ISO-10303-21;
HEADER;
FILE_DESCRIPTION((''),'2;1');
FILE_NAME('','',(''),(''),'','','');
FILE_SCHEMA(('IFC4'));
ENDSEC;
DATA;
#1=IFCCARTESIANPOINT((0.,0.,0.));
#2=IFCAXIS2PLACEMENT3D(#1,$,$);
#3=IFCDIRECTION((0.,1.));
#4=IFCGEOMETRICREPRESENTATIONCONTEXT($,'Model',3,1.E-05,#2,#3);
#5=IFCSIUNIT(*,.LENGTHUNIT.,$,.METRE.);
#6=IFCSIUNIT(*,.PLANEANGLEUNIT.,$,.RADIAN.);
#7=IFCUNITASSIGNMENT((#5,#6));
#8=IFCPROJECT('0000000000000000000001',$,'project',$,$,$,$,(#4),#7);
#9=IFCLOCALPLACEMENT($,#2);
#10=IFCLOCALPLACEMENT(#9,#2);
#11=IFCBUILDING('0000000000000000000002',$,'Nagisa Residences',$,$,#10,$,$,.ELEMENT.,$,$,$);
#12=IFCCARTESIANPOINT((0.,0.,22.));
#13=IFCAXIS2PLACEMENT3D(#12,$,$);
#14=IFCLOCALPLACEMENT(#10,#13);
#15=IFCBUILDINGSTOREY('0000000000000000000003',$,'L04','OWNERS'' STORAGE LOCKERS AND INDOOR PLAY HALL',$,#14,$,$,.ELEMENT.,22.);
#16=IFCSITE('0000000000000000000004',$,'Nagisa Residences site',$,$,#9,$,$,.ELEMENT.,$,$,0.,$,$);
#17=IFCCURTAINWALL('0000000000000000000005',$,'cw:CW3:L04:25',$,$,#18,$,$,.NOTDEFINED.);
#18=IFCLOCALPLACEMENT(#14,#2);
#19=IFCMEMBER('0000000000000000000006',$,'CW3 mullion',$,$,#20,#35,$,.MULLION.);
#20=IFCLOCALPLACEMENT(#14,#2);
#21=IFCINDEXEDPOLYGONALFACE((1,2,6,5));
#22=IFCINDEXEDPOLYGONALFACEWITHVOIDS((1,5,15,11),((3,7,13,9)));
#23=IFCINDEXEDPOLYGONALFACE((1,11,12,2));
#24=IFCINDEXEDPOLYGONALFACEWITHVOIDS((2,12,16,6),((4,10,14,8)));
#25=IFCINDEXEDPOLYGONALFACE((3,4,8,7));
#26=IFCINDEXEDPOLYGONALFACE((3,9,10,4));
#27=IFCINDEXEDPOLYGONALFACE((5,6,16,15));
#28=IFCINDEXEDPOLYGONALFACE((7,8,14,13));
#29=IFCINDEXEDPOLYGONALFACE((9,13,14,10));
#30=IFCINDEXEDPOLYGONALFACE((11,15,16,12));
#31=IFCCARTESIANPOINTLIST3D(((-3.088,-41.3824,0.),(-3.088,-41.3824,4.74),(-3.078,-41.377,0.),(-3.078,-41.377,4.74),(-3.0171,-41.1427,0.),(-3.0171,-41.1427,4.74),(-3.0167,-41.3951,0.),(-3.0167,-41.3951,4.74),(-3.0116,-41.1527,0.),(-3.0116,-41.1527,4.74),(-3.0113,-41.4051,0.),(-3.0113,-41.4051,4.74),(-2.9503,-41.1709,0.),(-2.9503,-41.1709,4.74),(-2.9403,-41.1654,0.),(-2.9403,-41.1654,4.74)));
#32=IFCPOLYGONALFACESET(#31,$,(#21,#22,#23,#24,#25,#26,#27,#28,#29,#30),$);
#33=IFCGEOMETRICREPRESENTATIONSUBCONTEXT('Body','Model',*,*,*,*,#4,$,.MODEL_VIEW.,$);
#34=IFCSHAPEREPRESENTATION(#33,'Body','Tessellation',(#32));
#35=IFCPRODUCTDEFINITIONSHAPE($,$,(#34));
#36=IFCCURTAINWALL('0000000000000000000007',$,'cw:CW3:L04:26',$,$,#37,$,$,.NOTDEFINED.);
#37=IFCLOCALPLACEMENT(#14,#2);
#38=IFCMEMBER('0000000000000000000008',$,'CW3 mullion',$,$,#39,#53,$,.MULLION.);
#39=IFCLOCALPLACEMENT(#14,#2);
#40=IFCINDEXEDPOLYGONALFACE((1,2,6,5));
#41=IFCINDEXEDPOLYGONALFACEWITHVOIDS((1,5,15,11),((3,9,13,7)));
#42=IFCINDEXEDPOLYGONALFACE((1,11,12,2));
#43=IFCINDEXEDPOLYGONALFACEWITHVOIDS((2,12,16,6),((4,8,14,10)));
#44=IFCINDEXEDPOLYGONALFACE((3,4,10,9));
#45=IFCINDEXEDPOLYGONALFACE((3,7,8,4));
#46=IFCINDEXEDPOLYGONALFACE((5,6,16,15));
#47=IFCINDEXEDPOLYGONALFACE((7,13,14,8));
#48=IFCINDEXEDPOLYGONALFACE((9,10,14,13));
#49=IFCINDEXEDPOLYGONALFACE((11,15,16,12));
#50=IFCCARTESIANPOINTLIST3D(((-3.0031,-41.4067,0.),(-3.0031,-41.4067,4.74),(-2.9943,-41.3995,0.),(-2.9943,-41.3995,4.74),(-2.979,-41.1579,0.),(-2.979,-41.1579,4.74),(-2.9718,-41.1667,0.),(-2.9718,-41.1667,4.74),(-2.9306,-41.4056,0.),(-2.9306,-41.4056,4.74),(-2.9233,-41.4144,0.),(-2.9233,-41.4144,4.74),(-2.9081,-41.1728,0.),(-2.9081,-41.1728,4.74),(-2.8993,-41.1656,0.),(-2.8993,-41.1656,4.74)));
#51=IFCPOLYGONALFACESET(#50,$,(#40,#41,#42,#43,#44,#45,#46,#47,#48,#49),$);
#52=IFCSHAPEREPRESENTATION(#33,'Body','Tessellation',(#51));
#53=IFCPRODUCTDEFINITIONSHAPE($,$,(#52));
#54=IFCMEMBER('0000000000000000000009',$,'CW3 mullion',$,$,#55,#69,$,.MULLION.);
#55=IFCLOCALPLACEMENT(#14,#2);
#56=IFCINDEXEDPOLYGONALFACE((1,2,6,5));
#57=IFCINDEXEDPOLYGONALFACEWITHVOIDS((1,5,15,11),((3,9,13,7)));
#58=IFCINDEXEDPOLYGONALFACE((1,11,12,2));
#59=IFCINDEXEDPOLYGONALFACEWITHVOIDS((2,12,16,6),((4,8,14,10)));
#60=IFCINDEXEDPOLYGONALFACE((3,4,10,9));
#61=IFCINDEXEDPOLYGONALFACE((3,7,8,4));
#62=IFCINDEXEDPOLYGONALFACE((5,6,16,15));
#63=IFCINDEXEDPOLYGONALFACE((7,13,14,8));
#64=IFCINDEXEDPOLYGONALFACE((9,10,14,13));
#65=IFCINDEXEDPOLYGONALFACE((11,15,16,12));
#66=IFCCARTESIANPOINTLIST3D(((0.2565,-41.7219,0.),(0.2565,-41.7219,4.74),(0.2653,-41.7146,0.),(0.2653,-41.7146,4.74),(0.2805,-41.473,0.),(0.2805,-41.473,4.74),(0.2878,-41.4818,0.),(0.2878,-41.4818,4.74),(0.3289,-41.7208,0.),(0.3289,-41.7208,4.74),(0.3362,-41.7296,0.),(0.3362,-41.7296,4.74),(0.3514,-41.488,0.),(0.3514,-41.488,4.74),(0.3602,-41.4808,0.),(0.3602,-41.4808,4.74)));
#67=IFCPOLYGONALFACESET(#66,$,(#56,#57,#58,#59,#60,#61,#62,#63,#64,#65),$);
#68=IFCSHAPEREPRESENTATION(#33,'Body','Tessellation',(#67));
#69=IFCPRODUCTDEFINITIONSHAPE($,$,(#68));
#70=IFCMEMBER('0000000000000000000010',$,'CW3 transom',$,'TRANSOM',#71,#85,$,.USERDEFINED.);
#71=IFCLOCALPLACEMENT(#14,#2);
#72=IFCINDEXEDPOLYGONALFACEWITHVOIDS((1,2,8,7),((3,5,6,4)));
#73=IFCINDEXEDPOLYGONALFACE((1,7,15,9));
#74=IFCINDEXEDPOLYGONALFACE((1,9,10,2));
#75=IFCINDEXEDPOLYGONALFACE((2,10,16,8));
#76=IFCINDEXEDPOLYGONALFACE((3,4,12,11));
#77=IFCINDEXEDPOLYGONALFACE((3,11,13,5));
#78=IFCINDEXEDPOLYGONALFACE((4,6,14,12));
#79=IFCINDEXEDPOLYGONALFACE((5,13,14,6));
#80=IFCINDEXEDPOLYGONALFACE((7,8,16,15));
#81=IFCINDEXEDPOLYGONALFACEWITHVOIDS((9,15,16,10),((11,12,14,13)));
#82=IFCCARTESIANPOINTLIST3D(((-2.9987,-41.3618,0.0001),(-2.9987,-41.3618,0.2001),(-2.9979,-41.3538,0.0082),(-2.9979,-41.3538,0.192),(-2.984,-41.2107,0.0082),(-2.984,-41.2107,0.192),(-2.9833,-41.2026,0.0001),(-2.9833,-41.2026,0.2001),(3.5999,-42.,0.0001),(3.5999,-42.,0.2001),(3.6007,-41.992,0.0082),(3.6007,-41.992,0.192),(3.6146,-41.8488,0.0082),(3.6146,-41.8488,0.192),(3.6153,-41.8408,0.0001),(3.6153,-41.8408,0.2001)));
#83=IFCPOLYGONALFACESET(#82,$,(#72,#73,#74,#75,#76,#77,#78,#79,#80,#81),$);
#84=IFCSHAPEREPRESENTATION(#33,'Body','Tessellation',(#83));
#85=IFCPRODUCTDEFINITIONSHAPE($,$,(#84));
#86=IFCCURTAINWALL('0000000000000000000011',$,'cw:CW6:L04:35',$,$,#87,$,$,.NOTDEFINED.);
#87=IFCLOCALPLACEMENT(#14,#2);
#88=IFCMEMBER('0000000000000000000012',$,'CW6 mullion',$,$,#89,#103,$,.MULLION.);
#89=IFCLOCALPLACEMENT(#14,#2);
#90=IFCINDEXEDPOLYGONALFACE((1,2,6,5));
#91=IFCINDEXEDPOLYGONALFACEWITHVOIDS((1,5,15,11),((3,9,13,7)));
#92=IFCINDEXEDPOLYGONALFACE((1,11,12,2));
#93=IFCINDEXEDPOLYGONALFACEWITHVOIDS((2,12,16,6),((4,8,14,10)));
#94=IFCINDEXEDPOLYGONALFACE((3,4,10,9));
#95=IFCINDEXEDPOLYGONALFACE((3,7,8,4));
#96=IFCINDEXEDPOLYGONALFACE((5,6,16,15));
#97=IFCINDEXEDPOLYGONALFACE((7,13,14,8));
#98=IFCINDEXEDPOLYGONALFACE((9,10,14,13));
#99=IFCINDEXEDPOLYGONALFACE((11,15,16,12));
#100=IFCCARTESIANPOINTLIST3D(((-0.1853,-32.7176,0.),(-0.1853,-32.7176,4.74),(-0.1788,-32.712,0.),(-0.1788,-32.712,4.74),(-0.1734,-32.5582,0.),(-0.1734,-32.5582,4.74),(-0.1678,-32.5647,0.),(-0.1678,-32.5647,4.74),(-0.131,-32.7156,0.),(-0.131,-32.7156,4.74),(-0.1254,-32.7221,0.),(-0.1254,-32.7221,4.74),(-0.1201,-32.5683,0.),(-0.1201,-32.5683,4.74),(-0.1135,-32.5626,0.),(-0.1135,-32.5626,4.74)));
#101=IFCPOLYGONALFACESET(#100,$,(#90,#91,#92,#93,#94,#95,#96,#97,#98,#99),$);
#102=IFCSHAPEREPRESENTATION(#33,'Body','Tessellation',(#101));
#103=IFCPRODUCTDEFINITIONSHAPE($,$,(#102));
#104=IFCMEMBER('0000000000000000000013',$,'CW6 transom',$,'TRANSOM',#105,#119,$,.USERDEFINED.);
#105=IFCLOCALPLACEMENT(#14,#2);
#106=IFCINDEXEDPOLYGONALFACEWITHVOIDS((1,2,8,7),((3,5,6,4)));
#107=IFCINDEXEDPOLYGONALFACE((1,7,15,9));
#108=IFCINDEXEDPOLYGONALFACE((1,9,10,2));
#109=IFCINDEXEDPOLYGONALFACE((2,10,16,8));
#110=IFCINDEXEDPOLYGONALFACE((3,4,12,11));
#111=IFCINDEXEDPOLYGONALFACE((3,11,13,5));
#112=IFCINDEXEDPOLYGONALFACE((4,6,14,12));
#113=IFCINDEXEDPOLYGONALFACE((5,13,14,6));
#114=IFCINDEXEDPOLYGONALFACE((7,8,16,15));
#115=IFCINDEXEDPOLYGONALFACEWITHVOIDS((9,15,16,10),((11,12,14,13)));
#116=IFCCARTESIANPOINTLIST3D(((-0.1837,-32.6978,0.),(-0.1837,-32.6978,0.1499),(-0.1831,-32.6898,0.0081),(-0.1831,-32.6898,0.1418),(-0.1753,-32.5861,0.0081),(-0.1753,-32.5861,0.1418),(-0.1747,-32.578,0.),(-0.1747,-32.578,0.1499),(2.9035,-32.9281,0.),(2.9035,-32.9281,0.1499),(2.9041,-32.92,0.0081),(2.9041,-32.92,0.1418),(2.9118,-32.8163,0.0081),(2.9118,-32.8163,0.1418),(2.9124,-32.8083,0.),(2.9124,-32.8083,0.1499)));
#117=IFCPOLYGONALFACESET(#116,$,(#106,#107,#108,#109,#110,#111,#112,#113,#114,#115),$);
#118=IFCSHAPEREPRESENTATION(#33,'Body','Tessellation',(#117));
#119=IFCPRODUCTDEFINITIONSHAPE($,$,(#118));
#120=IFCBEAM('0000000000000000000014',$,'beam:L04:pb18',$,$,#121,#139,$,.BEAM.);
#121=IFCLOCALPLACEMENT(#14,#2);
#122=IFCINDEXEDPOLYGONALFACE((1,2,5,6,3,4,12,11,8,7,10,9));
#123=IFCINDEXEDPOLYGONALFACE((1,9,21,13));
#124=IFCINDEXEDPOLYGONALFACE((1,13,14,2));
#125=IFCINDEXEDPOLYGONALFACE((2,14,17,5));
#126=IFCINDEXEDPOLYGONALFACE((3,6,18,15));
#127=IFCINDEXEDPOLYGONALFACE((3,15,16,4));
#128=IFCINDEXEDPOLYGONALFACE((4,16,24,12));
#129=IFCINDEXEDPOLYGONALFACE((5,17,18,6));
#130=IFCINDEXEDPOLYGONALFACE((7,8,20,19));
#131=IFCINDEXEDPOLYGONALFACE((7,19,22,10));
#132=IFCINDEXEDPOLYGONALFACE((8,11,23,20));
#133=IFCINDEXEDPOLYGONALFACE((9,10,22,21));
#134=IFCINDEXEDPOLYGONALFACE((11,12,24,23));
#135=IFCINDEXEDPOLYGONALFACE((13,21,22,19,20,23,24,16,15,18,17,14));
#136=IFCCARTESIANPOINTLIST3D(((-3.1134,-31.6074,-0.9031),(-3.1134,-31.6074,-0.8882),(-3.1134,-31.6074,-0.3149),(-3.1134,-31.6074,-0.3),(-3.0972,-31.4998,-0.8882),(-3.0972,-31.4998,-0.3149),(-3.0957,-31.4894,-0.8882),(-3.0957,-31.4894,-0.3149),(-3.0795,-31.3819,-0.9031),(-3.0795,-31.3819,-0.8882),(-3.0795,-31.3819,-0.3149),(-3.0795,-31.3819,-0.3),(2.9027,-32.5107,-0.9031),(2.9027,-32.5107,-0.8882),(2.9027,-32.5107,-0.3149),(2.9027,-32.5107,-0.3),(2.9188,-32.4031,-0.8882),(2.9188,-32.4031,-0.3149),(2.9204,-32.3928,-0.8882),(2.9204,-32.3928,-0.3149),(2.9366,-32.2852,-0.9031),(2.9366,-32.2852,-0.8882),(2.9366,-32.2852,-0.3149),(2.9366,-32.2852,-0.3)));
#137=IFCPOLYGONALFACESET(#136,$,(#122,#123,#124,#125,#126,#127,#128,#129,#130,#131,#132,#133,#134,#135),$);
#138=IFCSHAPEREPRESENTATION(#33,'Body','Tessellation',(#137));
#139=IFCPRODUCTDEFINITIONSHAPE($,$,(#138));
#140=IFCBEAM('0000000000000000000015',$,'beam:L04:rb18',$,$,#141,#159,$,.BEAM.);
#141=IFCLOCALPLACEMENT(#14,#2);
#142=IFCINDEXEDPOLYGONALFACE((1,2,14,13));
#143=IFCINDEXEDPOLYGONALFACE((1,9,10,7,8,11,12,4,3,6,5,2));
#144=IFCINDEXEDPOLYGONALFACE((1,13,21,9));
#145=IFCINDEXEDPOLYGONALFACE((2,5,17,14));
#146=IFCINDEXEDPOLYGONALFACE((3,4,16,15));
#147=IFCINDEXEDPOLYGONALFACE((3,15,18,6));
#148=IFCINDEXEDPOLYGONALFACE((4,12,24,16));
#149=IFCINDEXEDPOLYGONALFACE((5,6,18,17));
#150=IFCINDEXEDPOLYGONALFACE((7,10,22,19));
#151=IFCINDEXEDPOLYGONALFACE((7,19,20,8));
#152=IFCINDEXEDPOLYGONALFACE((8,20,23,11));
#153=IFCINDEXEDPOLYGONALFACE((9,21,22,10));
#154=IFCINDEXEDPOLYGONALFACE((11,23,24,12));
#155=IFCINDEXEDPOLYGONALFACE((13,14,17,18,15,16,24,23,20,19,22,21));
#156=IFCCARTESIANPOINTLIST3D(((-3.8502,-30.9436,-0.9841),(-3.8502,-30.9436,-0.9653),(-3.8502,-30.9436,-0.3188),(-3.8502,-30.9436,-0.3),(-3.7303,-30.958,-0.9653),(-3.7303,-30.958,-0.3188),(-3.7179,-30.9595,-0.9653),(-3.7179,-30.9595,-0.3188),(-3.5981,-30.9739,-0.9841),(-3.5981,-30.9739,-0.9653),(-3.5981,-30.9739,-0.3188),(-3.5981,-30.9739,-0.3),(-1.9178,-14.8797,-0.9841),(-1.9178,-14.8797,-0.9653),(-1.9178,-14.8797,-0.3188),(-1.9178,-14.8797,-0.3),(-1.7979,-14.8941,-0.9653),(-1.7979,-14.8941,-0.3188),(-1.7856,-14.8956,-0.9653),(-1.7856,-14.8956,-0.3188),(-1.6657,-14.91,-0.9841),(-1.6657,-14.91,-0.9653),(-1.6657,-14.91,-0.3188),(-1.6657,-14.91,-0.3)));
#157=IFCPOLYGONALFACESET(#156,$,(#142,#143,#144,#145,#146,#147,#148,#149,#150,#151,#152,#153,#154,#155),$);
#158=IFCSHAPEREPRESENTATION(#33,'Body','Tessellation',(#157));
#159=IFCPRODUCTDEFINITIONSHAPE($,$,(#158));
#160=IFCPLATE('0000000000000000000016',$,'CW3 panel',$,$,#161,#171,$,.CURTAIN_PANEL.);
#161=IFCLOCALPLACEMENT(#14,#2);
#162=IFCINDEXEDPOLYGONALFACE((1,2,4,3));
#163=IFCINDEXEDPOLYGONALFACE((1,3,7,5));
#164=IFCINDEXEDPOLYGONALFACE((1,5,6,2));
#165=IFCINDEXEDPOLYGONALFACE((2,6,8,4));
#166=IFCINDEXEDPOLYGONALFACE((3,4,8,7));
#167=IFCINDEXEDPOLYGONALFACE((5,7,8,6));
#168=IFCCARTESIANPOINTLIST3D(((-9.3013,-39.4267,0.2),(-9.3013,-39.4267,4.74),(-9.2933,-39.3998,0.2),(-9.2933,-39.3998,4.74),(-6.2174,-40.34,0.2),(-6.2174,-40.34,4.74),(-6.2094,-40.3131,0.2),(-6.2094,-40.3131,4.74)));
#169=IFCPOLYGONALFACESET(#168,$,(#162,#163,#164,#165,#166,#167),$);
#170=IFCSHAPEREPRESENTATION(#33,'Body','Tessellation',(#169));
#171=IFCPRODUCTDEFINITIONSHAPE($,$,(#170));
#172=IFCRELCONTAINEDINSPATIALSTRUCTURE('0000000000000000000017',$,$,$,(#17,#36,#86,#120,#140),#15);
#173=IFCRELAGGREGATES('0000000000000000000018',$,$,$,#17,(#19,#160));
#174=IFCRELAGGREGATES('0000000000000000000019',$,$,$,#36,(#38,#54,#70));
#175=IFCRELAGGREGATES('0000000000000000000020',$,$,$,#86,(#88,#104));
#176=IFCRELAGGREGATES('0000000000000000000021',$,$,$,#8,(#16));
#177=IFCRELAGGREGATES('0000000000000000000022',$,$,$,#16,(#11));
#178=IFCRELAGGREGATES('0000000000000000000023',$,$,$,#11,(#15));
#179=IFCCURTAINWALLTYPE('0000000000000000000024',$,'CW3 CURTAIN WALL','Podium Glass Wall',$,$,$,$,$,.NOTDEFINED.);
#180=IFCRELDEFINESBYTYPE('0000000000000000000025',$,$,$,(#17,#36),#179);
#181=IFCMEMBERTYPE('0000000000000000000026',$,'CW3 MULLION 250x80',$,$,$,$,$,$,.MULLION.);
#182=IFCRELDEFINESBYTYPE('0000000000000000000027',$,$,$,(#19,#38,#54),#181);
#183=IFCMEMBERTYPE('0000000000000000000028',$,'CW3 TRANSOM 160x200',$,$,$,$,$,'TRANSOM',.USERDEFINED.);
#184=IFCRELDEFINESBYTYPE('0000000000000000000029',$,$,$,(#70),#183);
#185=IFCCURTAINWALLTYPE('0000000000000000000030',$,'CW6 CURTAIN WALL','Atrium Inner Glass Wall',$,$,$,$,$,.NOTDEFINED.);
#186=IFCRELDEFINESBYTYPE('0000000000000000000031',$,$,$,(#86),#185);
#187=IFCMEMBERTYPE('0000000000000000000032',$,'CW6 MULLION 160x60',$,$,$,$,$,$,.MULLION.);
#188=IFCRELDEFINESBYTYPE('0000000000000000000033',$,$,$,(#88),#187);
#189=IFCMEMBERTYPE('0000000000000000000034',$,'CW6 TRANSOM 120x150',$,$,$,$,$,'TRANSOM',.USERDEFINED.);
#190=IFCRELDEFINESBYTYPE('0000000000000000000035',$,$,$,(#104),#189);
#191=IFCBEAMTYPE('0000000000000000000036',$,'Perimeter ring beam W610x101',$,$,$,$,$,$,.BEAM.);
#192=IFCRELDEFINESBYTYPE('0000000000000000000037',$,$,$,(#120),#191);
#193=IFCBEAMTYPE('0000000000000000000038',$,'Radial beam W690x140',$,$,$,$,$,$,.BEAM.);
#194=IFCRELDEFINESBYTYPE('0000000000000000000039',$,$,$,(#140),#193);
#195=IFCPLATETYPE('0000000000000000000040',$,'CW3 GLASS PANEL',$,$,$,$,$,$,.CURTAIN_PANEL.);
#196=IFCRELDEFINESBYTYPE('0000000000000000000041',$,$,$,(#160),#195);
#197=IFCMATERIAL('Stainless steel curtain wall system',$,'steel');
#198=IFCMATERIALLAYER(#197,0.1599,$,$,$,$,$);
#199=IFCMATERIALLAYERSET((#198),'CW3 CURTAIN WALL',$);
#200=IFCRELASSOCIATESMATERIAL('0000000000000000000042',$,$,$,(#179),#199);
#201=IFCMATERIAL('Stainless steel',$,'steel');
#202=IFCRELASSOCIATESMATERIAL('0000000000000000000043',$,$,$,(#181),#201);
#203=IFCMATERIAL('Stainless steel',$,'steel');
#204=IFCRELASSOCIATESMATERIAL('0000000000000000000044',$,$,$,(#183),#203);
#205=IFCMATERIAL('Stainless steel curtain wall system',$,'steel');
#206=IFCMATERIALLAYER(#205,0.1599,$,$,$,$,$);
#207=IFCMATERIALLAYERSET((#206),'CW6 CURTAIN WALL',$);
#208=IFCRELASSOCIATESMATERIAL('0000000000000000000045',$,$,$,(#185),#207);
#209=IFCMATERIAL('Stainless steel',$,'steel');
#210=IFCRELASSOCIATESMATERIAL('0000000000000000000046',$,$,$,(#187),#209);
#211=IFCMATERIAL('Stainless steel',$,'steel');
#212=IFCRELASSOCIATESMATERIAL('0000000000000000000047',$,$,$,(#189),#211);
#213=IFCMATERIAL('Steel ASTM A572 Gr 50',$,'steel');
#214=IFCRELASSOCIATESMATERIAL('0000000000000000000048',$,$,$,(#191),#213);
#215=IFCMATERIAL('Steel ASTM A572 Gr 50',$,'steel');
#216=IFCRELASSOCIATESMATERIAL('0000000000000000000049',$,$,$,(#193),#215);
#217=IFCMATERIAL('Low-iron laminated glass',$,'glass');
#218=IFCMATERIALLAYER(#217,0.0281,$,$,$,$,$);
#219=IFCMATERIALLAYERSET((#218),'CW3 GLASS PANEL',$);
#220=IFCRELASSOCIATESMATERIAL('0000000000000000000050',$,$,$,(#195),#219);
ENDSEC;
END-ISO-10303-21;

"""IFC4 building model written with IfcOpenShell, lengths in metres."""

from ifc_helpers import new_model, si_unit, direction, frame, origin, origin_2d, place, context, subcontext, project, spatial, rectangle, hollow_rectangle, i_section, extrude, material, layer, layer_set, material_profile, profile_set, type_object, element, aggregate, save


model = new_model("IFC4")

# Units and contexts
model_context = context("Model", 3, precision=1e-05, world=origin(), true_north=direction((0.0, 1.0)))
body_context = subcontext(model_context, "Body", "Model", "MODEL_VIEW")
ifc_project = project(units=[si_unit("LENGTHUNIT", "METRE"), si_unit("PLANEANGLEUNIT", "RADIAN")], contexts=[model_context])

# Site, building, storey
site_placement = place(None, origin())
site = spatial("IfcSite", under=ifc_project, at=site_placement, Name="Nagisa Residences site", CompositionType="ELEMENT", RefElevation=0.0)
building_placement = place(site_placement, origin())
building = spatial("IfcBuilding", under=site, at=building_placement, Name="Nagisa Residences", CompositionType="ELEMENT")
storey_placement = place(building_placement, frame((0.0, 0.0, 22.0)))
storey = spatial("IfcBuildingStorey", under=building, at=storey_placement, Name="L04", Description="OWNERS' STORAGE LOCKERS AND INDOOR PLAY HALL", CompositionType="ELEMENT", Elevation=22.0)

# Curtain walls, members
ifc_material_1 = material(Name="Stainless steel curtain wall system", Category="steel")
ifc_layer_1 = layer(ifc_material_1, 0.1599)
ifc_layer_set_1 = layer_set([ifc_layer_1], Name="CW3 CURTAIN WALL")
curtain_wall_type_1 = type_object("IfcCurtainWallType", Name="CW3 CURTAIN WALL", Description="Podium Glass Wall", PredefinedType="NOTDEFINED", material=ifc_layer_set_1)
curtain_wall_1_placement = place(storey_placement, origin())
curtain_wall_1 = element("IfcCurtainWall", 1, at=curtain_wall_1_placement, inside=storey, type_object=curtain_wall_type_1, Name="cw:CW3:L04:25", PredefinedType="NOTDEFINED")
ifc_material_2 = material(Name="Stainless steel", Category="steel")
ifc_material_profile_1 = material_profile(ifc_material_2, hollow_rectangle(XDim=0.25, YDim=0.0801, WallThickness=0.0081, at=origin_2d()), Name="CW3 MULLION 250x80")
ifc_profile_set_1 = profile_set([ifc_material_profile_1], Name="Stainless steel")
member_type_1 = type_object("IfcMemberType", Name="CW3 MULLION 250x80", PredefinedType="MULLION", material=ifc_profile_set_1)
member_1_placement = place(storey_placement, frame((-3.0142, -41.2739, 0.0), z_axis=(0.0, 0.0, 1.0), x_axis=(0.283963, 0.958835, 0.0)))
member_1 = element("IfcMember", 2, at=member_1_placement, type_object=member_type_1, Name="CW3 mullion", PredefinedType="MULLION", context=body_context, shape_type="SweptSolid", body=[
    extrude(hollow_rectangle(XDim=0.25, YDim=0.0801, WallThickness=0.0081, at=origin_2d()), origin(), (0.0, 0.0, 1.0), 4.74),
])
curtain_wall_2_placement = place(storey_placement, origin())
curtain_wall_2 = element("IfcCurtainWall", 3, at=curtain_wall_2_placement, inside=storey, type_object=curtain_wall_type_1, Name="cw:CW3:L04:26", PredefinedType="NOTDEFINED")
member_2_placement = place(storey_placement, frame((-2.9512, -41.2861, 0.0), z_axis=(0.0, 0.0, 1.0), x_axis=(0.096249, 0.995357, 0.0)))
member_2 = element("IfcMember", 4, at=member_2_placement, type_object=member_type_1, Name="CW3 mullion", PredefinedType="MULLION", context=body_context, shape_type="SweptSolid", body=[
    extrude(hollow_rectangle(XDim=0.25, YDim=0.0801, WallThickness=0.0081, at=origin_2d()), origin(), (0.0, 0.0, 1.0), 4.74),
])
member_3_placement = place(storey_placement, frame((0.3083, -41.6013, 0.0), z_axis=(0.0, 0.0, 1.0), x_axis=(0.096249, 0.995357, 0.0)))
member_3 = element("IfcMember", 5, at=member_3_placement, type_object=member_type_1, Name="CW3 mullion", PredefinedType="MULLION", context=body_context, shape_type="SweptSolid", body=[
    extrude(hollow_rectangle(XDim=0.25, YDim=0.0801, WallThickness=0.0081, at=origin_2d()), origin(), (0.0, 0.0, 1.0), 4.74),
])
ifc_material_3 = material(Name="Stainless steel", Category="steel")
ifc_material_profile_2 = material_profile(ifc_material_3, hollow_rectangle(XDim=0.1599, YDim=0.2, WallThickness=0.0081, at=origin_2d()), Name="CW3 TRANSOM 160x200")
ifc_profile_set_2 = profile_set([ifc_material_profile_2], Name="Stainless steel")
member_type_2 = type_object("IfcMemberType", Name="CW3 TRANSOM 160x200", ElementType="TRANSOM", PredefinedType="USERDEFINED", material=ifc_profile_set_2)
member_4_placement = place(storey_placement, frame((-2.991, -41.2822, 0.1001), z_axis=(0.995356, -0.096265, 0.0), x_axis=(0.096265, 0.995356, 0.0)))
member_4 = element("IfcMember", 6, at=member_4_placement, type_object=member_type_2, Name="CW3 transom", ObjectType="TRANSOM", PredefinedType="USERDEFINED", context=body_context, shape_type="SweptSolid", body=[
    extrude(hollow_rectangle(XDim=0.1599, YDim=0.2, WallThickness=0.0081, at=origin_2d()), origin(), (0.0, 0.0, 1.0), 6.6294),
])
ifc_material_4 = material(Name="Stainless steel curtain wall system", Category="steel")
ifc_layer_2 = layer(ifc_material_4, 0.1599)
ifc_layer_set_2 = layer_set([ifc_layer_2], Name="CW6 CURTAIN WALL")
curtain_wall_type_2 = type_object("IfcCurtainWallType", Name="CW6 CURTAIN WALL", Description="Atrium Inner Glass Wall", PredefinedType="NOTDEFINED", material=ifc_layer_set_2)
curtain_wall_3_placement = place(storey_placement, origin())
curtain_wall_3 = element("IfcCurtainWall", 7, at=curtain_wall_3_placement, inside=storey, type_object=curtain_wall_type_2, Name="cw:CW6:L04:35", PredefinedType="NOTDEFINED")
ifc_material_5 = material(Name="Stainless steel", Category="steel")
ifc_material_profile_3 = material_profile(ifc_material_5, hollow_rectangle(XDim=0.1599, YDim=0.0601, WallThickness=0.0061, at=origin_2d()), Name="CW6 MULLION 160x60")
ifc_profile_set_3 = profile_set([ifc_material_profile_3], Name="Stainless steel")
member_type_3 = type_object("IfcMemberType", Name="CW6 MULLION 160x60", PredefinedType="MULLION", material=ifc_profile_set_3)
member_5_placement = place(storey_placement, frame((-0.1494, -32.6401, 0.0), z_axis=(0.0, 0.0, 1.0), x_axis=(0.074377, 0.99723, 0.0)))
member_5 = element("IfcMember", 8, at=member_5_placement, type_object=member_type_3, Name="CW6 mullion", PredefinedType="MULLION", context=body_context, shape_type="SweptSolid", body=[
    extrude(hollow_rectangle(XDim=0.1599, YDim=0.0601, WallThickness=0.0061, at=origin_2d()), origin(), (0.0, 0.0, 1.0), 4.74),
])
ifc_material_6 = material(Name="Stainless steel", Category="steel")
ifc_material_profile_4 = material_profile(ifc_material_6, hollow_rectangle(XDim=0.1201, YDim=0.1499, WallThickness=0.0081, at=origin_2d()), Name="CW6 TRANSOM 120x150")
ifc_profile_set_4 = profile_set([ifc_material_profile_4], Name="Stainless steel")
member_type_4 = type_object("IfcMemberType", Name="CW6 TRANSOM 120x150", ElementType="TRANSOM", PredefinedType="USERDEFINED", material=ifc_profile_set_4)
member_6_placement = place(storey_placement, frame((-0.1792, -32.6379, 0.075), z_axis=(0.997231, -0.074368, 0.0), x_axis=(0.074368, 0.997231, 0.0)))
member_6 = element("IfcMember", 9, at=member_6_placement, type_object=member_type_4, Name="CW6 transom", ObjectType="TRANSOM", PredefinedType="USERDEFINED", context=body_context, shape_type="SweptSolid", body=[
    extrude(hollow_rectangle(XDim=0.1201, YDim=0.1499, WallThickness=0.0081, at=origin_2d()), origin(), (0.0, 0.0, 1.0), 3.0957),
])

# Beams
ifc_material_7 = material(Name="Steel ASTM A572 Gr 50", Category="steel")
ifc_material_profile_5 = material_profile(ifc_material_7, i_section(OverallWidth=0.228, OverallDepth=0.603, WebThickness=0.0105, FlangeThickness=0.0149, at=origin_2d()), Name="W610x101")
ifc_profile_set_5 = profile_set([ifc_material_profile_5], Name="Steel ASTM A572 Gr 50")
beam_type_1 = type_object("IfcBeamType", Name="Perimeter ring beam W610x101", PredefinedType="BEAM", material=ifc_profile_set_5)
beam_1_placement = place(storey_placement, frame((-3.0964, -31.4946, -0.6016), z_axis=(0.988915, -0.148486, 0.0), x_axis=(0.148486, 0.988915, 0.0)))
element("IfcBeam", 10, at=beam_1_placement, inside=storey, type_object=beam_type_1, Name="beam:L04:pb18", PredefinedType="BEAM", context=body_context, shape_type="SweptSolid", body=[
    extrude(i_section(OverallWidth=0.228, OverallDepth=0.603, WebThickness=0.0105, FlangeThickness=0.0149, at=origin_2d()), origin(), (0.0, 0.0, 1.0), 6.0835),
])
ifc_material_8 = material(Name="Steel ASTM A572 Gr 50", Category="steel")
ifc_material_profile_6 = material_profile(ifc_material_8, i_section(OverallWidth=0.2539, OverallDepth=0.6841, WebThickness=0.0125, FlangeThickness=0.0188, at=origin_2d()), Name="W690x140")
ifc_profile_set_6 = profile_set([ifc_material_profile_6], Name="Steel ASTM A572 Gr 50")
beam_type_2 = type_object("IfcBeamType", Name="Radial beam W690x140", PredefinedType="BEAM", material=ifc_profile_set_6)
beam_2_placement = place(storey_placement, frame((-3.7241, -30.9587, -0.6421), z_axis=(0.119431, 0.992842, 0.0), x_axis=(-0.992842, 0.119431, 0.0)))
element("IfcBeam", 11, at=beam_2_placement, inside=storey, type_object=beam_type_2, Name="beam:L04:rb18", PredefinedType="BEAM", context=body_context, shape_type="SweptSolid", body=[
    extrude(i_section(OverallWidth=0.2539, OverallDepth=0.6841, WebThickness=0.0125, FlangeThickness=0.0188, at=origin_2d()), origin(), (0.0, 0.0, 1.0), 16.1797),
])

# Plate
ifc_material_9 = material(Name="Low-iron laminated glass", Category="glass")
ifc_layer_3 = layer(ifc_material_9, 0.0281)
ifc_layer_set_3 = layer_set([ifc_layer_3], Name="CW3 GLASS PANEL")
plate_type_1 = type_object("IfcPlateType", Name="CW3 GLASS PANEL", PredefinedType="CURTAIN_PANEL", material=ifc_layer_set_3)
plate_1_placement = place(storey_placement, frame((-7.7554, -39.8699, 0.2), z_axis=(0.0, 0.0, 1.0), x_axis=(0.958835, -0.283963, 0.0)))
plate_1 = element("IfcPlate", 12, at=plate_1_placement, type_object=plate_type_1, Name="CW3 panel", PredefinedType="CURTAIN_PANEL", context=body_context, shape_type="SweptSolid", body=[
    extrude(rectangle(XDim=3.2163, YDim=0.0281, at=origin_2d()), origin(), (0.0, 0.0, 1.0), 4.54),
])
aggregate(curtain_wall_1, [member_1, plate_1])
aggregate(curtain_wall_2, [member_2, member_3, member_4])
aggregate(curtain_wall_3, [member_5, member_6])

save(model, "model.ifc")
